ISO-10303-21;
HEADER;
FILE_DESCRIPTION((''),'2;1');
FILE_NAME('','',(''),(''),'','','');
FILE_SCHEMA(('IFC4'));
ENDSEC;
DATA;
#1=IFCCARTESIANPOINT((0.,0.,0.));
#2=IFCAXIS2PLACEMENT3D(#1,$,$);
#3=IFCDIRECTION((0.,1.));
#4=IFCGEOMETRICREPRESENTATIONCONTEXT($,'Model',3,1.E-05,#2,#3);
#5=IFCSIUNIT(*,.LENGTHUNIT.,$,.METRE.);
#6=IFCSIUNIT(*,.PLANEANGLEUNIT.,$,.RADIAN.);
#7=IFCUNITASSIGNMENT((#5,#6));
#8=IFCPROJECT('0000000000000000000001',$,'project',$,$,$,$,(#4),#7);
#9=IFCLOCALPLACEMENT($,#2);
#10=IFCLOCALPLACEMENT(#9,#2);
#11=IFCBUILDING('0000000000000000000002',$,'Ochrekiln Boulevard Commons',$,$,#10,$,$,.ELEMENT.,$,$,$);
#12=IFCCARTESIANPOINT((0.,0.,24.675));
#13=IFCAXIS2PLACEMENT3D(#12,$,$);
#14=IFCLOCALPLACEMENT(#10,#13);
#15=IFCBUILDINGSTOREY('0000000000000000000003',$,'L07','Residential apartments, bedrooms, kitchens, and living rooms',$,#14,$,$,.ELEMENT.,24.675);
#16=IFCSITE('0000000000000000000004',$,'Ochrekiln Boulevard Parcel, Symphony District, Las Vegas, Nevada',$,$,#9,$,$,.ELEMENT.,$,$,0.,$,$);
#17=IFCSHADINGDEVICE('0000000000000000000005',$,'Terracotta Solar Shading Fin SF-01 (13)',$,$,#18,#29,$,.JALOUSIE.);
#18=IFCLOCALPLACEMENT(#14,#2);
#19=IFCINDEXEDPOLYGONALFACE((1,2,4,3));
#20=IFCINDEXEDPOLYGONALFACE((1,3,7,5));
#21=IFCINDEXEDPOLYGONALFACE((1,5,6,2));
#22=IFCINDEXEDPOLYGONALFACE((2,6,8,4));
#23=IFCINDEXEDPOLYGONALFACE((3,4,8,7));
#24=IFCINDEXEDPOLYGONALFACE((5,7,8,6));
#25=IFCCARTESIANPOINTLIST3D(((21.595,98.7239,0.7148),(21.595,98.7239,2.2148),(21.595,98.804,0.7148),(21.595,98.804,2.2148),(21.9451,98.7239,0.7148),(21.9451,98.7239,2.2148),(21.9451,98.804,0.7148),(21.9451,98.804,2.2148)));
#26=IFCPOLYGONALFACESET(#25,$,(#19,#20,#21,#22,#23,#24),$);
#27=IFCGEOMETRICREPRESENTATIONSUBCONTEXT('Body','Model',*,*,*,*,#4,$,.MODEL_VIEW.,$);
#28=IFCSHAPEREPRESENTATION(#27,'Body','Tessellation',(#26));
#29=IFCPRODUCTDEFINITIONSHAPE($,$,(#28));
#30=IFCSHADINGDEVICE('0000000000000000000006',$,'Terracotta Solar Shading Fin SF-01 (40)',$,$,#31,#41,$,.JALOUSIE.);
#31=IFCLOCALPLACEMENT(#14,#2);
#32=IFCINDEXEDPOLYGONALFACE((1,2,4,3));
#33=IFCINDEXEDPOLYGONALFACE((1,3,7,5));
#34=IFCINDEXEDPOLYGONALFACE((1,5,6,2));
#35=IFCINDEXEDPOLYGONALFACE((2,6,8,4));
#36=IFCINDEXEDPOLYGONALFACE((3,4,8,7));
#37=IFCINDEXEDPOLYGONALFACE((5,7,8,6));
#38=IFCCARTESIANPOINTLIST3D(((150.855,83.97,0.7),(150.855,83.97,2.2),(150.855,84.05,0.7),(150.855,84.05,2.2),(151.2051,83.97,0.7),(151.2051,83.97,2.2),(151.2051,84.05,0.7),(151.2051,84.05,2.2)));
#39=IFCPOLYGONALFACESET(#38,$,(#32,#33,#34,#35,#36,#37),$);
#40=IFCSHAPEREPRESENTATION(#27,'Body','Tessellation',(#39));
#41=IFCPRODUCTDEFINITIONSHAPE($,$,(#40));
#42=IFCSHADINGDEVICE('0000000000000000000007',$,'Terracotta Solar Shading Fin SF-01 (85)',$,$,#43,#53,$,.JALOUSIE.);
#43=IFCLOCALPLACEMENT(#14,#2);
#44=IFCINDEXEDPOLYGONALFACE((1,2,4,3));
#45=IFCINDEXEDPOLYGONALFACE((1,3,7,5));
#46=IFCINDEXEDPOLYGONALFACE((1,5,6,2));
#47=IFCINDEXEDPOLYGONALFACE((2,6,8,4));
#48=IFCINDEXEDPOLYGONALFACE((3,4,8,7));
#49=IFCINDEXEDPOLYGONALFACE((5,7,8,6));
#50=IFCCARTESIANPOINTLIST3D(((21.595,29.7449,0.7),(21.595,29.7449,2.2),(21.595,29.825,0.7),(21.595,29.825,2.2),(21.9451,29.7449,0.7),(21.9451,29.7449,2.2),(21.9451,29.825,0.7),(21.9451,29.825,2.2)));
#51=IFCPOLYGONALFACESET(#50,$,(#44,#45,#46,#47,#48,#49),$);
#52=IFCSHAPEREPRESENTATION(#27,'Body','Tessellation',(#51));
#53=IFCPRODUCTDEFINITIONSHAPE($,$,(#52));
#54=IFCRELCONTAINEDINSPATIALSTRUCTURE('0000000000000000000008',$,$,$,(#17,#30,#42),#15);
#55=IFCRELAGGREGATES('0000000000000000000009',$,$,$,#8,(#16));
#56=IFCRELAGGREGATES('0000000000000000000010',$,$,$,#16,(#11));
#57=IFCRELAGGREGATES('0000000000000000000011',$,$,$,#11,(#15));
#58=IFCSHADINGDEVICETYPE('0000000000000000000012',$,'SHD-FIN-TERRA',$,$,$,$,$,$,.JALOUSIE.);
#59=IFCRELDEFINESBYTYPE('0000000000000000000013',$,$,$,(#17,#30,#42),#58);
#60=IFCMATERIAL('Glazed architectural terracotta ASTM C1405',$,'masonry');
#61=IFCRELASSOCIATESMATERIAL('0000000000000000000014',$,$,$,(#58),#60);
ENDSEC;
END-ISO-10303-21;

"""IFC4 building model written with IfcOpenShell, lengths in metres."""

from ifc_helpers import new_model, si_unit, direction, frame, origin, origin_2d, place, context, subcontext, project, spatial, rectangle, extrude, material, type_object, element, save


model = new_model("IFC4")

# Units and contexts
model_context = context("Model", 3, precision=1e-05, world=origin(), true_north=direction((0.0, 1.0)))
body_context = subcontext(model_context, "Body", "Model", "MODEL_VIEW")
ifc_project = project(units=[si_unit("LENGTHUNIT", "METRE"), si_unit("PLANEANGLEUNIT", "RADIAN")], contexts=[model_context])

# Site, building, storey
site_placement = place(None, origin())
site = spatial("IfcSite", under=ifc_project, at=site_placement, Name="Ochrekiln Boulevard Parcel, Symphony District, Las Vegas, Nevada", CompositionType="ELEMENT", RefElevation=0.0)
building_placement = place(site_placement, origin())
building = spatial("IfcBuilding", under=site, at=building_placement, Name="Ochrekiln Boulevard Commons", CompositionType="ELEMENT")
storey_placement = place(building_placement, frame((0.0, 0.0, 24.675)))
storey = spatial("IfcBuildingStorey", under=building, at=storey_placement, Name="L07", Description="Residential apartments, bedrooms, kitchens, and living rooms", CompositionType="ELEMENT", Elevation=24.675)

# Shading devices
ifc_material_1 = material(Name="Glazed architectural terracotta ASTM C1405", Category="masonry")
shading_device_type = type_object("IfcShadingDeviceType", Name="SHD-FIN-TERRA", PredefinedType="JALOUSIE", material=ifc_material_1)
for number, where, z_axis, x_axis, name in (
    (1, (21.77, 98.7639, 0.7148), (0.0, 0.0, 1.0), (1.0, 0.0, 0.0), "Terracotta Solar Shading Fin SF-01 (13)"),
    (2, (151.03, 84.01, 0.7), (0.0, 0.0, 1.0), (1.0, 0.0, 0.0), "Terracotta Solar Shading Fin SF-01 (40)"),
    (3, (21.77, 29.7849, 0.7), (0.0, 0.0, 1.0), (1.0, 0.0, 0.0), "Terracotta Solar Shading Fin SF-01 (85)"),
):
    element("IfcShadingDevice", number, at=place(storey_placement, frame(where, z_axis=z_axis, x_axis=x_axis)), inside=storey, type_object=shading_device_type, Name=name, PredefinedType="JALOUSIE", context=body_context, shape_type="SweptSolid", body=[
        extrude(rectangle(XDim=0.3501, YDim=0.0801, at=origin_2d()), origin(), (0.0, 0.0, 1.0), 1.5),
    ])

save(model, "model.ifc")
